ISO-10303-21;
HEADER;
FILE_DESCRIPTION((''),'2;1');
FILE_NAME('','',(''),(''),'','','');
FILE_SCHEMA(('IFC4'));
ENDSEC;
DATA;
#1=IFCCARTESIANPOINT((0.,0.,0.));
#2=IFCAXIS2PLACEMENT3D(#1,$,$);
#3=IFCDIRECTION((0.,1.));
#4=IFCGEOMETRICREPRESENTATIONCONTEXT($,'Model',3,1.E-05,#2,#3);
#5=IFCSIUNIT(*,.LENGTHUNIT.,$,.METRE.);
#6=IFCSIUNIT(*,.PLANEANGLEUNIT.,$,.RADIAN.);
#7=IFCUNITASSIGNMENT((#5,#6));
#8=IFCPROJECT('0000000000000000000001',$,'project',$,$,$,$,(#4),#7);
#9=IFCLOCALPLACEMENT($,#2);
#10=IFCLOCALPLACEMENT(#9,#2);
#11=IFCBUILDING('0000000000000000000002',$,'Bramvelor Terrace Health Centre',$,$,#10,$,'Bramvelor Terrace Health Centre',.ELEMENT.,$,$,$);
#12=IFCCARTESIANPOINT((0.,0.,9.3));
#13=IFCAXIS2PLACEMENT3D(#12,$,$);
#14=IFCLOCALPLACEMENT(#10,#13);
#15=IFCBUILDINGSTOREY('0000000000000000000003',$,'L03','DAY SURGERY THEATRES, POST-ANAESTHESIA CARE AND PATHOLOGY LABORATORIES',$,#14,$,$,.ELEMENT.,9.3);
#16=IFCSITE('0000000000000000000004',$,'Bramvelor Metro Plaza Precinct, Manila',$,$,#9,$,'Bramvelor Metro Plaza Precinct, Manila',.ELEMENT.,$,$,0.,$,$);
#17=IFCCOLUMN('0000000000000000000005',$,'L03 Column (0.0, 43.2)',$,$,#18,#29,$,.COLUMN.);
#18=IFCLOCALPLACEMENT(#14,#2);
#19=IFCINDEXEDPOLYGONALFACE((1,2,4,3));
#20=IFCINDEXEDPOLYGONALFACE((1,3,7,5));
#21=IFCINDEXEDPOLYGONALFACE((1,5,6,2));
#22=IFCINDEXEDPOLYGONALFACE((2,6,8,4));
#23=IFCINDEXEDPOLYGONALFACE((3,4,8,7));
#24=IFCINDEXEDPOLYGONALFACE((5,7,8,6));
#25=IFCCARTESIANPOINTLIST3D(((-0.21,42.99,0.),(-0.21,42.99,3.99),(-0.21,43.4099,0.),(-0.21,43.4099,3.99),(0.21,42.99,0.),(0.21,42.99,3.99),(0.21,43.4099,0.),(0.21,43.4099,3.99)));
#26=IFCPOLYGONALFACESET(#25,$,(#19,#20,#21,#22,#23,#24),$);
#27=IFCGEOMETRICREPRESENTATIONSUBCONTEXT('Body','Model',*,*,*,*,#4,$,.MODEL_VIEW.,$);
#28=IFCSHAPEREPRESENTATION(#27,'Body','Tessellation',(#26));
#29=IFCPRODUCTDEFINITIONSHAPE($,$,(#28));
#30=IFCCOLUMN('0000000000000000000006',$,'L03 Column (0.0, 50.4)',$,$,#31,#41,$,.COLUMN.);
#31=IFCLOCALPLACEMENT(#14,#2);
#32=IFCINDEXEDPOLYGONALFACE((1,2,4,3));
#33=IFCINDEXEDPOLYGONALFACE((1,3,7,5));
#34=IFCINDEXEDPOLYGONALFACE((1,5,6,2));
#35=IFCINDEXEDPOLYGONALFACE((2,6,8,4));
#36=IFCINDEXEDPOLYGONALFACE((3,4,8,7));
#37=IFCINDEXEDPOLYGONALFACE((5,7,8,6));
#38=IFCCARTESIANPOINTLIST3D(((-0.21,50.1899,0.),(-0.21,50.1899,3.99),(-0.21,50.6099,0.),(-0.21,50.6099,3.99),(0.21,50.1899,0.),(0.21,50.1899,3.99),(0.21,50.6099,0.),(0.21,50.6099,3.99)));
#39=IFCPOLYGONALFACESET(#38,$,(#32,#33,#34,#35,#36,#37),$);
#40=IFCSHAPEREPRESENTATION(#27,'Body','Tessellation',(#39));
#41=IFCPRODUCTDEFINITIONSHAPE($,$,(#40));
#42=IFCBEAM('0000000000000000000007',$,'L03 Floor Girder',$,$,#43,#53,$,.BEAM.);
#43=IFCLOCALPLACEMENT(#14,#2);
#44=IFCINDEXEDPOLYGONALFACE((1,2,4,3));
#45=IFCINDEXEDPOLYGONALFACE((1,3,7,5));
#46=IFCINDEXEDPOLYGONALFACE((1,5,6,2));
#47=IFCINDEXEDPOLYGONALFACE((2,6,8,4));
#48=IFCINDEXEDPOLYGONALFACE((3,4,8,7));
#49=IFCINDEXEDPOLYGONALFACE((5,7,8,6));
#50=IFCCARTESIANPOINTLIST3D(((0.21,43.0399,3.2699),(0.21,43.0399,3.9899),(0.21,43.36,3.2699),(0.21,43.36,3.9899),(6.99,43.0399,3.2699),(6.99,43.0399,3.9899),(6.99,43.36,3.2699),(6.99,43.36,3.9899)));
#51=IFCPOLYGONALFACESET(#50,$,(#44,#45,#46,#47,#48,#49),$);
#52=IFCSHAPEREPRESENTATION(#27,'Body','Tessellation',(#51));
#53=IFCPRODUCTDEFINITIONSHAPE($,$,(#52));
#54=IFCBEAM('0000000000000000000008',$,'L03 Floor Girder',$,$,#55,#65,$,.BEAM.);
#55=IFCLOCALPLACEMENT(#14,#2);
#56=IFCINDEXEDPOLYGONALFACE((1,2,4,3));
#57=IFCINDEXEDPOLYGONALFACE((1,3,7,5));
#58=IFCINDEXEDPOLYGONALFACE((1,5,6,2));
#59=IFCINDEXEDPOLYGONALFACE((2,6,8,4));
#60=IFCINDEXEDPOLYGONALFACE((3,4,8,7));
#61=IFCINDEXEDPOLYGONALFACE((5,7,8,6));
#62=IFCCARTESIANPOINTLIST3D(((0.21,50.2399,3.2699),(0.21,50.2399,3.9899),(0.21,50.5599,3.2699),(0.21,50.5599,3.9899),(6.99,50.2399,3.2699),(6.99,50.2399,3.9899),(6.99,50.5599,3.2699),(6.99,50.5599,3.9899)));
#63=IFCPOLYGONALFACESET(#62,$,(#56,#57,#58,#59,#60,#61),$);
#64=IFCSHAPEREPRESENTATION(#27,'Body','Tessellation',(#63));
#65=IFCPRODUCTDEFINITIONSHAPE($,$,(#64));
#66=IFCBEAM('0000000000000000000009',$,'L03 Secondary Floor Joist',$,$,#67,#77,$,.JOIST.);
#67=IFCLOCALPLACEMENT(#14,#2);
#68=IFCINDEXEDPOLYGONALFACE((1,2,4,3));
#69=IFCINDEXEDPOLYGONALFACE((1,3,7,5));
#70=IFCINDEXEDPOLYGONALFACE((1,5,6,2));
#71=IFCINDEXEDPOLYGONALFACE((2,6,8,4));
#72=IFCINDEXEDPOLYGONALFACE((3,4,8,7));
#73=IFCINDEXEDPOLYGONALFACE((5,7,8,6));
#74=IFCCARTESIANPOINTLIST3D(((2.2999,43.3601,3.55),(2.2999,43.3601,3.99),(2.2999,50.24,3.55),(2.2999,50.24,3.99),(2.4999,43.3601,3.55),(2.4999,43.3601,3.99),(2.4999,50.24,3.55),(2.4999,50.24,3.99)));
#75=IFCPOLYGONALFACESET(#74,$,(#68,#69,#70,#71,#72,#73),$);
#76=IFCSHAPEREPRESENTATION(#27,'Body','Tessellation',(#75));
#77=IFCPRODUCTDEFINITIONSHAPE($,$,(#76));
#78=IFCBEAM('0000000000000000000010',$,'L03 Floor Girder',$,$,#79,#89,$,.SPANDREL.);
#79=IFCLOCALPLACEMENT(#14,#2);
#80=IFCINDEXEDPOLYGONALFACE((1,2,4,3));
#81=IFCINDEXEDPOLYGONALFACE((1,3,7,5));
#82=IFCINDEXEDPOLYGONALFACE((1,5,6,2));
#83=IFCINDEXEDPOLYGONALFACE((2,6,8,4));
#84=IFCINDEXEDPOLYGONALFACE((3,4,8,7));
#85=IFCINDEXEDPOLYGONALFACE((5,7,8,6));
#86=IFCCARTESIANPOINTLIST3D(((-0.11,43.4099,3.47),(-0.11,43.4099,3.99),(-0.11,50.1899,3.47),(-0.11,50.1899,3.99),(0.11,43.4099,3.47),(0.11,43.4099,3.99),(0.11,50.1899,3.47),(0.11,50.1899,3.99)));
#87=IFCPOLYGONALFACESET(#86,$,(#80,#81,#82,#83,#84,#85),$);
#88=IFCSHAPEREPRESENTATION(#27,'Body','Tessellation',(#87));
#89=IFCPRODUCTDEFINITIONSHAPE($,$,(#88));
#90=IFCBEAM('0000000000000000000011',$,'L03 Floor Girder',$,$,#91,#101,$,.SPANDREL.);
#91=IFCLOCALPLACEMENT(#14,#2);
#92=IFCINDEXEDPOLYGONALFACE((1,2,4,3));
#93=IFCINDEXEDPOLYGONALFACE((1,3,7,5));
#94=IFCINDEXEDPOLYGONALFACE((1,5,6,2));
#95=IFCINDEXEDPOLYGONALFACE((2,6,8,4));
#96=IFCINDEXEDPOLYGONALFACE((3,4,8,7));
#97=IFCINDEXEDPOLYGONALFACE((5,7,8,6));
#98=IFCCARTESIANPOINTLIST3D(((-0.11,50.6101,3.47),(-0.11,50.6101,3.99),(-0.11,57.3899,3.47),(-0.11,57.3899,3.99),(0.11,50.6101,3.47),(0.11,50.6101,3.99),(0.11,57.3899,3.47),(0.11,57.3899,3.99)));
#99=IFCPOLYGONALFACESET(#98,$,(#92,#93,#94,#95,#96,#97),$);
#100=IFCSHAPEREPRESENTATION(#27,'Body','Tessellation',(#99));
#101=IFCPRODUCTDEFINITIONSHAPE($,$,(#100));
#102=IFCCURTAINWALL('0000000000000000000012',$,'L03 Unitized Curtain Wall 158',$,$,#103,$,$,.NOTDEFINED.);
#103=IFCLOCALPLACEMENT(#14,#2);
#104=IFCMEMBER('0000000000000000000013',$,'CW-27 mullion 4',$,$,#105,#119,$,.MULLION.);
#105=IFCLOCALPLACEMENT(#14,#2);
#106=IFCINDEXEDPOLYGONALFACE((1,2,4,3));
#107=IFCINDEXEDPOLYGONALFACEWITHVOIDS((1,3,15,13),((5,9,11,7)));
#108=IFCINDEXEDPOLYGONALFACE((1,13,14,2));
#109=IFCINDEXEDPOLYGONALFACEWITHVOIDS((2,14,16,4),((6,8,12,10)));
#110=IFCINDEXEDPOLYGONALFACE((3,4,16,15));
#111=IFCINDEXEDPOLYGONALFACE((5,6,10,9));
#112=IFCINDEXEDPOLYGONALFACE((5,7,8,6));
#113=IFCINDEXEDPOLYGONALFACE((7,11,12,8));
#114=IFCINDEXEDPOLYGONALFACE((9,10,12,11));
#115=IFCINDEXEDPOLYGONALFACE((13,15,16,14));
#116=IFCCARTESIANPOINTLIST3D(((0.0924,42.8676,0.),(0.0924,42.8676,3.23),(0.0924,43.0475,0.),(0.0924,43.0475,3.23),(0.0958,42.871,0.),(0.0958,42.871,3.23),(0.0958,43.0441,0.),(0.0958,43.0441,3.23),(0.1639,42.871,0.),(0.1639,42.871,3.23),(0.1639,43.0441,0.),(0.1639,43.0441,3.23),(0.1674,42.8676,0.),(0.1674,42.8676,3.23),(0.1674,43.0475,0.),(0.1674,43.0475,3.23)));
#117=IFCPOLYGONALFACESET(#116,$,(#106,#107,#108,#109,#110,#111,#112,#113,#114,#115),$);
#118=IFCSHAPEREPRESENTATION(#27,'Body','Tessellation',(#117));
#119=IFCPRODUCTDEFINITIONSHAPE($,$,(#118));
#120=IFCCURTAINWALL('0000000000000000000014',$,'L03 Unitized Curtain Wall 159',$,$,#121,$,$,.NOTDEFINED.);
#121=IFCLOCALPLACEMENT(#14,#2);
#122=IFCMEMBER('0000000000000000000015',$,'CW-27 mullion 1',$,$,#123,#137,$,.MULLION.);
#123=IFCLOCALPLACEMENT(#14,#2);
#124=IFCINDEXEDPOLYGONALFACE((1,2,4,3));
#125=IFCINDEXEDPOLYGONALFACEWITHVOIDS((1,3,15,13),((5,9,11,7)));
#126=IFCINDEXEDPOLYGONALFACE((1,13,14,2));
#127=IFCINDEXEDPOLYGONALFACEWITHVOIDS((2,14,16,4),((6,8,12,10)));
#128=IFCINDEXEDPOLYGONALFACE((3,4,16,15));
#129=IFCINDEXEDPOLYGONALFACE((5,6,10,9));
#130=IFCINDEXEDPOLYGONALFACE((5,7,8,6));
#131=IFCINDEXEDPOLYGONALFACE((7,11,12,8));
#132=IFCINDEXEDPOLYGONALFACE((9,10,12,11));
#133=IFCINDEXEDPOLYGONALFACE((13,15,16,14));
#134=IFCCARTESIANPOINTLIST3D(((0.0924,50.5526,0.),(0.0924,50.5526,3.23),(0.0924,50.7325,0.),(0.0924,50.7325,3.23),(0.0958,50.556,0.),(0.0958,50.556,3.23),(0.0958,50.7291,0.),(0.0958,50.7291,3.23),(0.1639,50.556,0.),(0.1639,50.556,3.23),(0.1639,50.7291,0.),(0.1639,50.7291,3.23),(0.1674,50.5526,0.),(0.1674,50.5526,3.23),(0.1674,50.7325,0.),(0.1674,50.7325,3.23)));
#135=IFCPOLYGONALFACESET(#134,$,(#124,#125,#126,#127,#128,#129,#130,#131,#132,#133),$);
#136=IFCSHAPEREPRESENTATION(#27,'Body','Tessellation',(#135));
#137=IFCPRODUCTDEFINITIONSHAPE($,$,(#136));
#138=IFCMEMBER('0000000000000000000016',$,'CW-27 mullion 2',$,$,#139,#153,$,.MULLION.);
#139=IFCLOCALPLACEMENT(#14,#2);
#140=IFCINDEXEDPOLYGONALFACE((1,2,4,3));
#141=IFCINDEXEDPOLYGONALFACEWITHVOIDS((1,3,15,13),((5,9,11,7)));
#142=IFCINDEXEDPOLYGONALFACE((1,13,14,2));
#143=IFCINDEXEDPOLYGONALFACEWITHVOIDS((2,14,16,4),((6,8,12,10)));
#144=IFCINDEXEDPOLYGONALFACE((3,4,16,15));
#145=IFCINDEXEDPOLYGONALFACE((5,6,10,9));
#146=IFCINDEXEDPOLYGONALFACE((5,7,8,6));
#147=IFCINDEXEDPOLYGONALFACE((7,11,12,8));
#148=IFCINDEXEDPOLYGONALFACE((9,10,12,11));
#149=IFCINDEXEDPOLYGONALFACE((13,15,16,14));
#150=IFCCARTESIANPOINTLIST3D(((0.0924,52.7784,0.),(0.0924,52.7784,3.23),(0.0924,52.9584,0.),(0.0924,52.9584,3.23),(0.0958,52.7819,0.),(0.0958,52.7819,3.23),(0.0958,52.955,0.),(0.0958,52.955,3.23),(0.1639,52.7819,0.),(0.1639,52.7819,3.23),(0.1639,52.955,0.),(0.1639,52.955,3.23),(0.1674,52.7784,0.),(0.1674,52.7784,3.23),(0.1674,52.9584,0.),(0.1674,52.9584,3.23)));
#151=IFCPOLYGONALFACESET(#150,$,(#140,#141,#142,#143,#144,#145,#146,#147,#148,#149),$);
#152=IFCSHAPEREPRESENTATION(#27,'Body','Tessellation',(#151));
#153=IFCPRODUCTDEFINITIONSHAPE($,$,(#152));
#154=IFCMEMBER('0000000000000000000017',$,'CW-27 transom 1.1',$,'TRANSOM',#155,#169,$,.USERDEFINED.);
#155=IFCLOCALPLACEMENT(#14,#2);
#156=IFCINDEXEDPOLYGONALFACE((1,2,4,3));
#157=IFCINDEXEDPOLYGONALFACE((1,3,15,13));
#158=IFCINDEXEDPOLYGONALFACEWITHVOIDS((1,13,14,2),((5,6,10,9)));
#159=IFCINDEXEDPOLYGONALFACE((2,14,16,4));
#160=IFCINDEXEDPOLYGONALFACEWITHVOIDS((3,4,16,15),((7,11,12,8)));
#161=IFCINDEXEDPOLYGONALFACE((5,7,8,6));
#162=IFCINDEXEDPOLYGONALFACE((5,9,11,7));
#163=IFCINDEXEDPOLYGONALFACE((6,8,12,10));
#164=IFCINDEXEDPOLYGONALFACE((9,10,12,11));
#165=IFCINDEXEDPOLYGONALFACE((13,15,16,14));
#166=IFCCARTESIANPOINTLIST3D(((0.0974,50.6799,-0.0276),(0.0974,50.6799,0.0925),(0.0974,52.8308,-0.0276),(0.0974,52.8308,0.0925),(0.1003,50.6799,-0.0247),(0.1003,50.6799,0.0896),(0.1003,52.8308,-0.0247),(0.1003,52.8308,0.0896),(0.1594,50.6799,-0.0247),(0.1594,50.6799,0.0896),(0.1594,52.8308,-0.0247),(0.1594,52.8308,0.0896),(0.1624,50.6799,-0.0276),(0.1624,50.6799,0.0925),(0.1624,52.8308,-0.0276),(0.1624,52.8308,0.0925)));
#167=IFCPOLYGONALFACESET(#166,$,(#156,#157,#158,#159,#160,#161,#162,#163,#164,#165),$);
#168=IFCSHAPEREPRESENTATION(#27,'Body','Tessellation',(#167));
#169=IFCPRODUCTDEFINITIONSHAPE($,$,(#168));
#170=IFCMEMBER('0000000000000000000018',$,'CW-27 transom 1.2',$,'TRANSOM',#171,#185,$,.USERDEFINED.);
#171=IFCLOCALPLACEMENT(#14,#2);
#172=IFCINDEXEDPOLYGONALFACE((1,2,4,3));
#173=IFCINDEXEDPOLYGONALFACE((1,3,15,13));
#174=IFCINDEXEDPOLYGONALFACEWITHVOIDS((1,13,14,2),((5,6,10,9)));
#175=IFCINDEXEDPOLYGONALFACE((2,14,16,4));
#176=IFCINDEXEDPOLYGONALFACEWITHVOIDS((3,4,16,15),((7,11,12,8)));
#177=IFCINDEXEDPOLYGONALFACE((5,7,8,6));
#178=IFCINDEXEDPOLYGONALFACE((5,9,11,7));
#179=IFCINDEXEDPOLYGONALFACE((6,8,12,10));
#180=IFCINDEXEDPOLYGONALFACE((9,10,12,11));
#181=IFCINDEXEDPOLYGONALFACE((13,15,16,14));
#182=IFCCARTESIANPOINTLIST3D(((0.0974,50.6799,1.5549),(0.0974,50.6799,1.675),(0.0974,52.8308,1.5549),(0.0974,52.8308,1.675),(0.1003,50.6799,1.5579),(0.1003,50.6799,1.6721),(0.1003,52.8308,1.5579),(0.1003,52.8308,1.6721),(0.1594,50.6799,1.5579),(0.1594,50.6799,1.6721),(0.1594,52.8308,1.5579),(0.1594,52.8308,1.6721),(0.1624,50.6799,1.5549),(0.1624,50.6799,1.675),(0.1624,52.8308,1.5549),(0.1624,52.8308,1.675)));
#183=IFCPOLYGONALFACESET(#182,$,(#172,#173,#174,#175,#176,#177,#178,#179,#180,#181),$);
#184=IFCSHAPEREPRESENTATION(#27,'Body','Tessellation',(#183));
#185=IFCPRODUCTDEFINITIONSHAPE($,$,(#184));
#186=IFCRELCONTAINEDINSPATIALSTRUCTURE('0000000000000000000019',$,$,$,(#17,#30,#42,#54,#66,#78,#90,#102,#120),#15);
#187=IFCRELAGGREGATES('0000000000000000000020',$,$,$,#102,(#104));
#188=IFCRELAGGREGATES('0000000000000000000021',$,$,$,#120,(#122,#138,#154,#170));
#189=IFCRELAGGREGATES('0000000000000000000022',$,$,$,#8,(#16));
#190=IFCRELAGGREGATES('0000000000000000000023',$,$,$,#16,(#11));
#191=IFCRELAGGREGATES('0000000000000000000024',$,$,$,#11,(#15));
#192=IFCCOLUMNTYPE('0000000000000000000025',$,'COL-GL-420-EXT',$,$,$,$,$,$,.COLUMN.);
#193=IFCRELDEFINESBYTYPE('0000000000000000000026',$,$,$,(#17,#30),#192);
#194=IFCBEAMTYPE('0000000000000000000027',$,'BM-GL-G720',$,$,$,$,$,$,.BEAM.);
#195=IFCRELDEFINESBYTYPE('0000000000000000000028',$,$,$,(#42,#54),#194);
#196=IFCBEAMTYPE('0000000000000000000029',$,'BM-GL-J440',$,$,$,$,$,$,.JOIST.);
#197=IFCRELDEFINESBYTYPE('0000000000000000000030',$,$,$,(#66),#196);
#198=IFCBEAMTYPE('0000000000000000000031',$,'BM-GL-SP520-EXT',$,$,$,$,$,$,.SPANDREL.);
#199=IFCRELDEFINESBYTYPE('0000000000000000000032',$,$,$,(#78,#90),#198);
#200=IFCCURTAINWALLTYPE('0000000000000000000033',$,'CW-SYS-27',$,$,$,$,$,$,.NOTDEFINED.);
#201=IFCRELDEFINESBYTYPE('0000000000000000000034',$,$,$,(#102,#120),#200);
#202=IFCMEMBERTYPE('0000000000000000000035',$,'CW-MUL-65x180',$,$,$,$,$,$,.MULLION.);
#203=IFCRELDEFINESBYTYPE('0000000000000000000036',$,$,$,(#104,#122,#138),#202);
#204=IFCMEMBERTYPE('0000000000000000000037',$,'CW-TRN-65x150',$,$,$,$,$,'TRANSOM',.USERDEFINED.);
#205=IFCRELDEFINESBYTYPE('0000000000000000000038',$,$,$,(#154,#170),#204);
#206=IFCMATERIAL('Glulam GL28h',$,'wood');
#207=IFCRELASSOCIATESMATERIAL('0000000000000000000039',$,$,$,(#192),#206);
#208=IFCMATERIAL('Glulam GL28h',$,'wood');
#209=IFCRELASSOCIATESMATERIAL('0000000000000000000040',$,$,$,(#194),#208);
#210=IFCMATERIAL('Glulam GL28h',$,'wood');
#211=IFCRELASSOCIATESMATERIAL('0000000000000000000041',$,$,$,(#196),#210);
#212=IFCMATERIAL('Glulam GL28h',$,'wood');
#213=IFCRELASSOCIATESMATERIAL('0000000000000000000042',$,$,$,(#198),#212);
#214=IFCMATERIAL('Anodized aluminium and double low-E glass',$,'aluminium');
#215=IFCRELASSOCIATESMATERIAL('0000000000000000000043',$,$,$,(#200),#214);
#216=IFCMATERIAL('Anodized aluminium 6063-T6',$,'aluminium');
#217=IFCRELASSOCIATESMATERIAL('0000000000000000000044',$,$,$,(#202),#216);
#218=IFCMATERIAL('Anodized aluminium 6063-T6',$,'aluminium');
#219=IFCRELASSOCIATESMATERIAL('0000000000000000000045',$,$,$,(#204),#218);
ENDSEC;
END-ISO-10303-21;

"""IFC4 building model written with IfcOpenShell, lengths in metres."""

from ifc_helpers import new_model, si_unit, direction, frame, origin, origin_2d, place, context, subcontext, project, spatial, rectangle, hollow_rectangle, extrude, material, material_profile, profile_set, type_object, element, aggregate, save


model = new_model("IFC4")

# Units and contexts
model_context = context("Model", 3, precision=1e-05, world=origin(), true_north=direction((0.0, 1.0)))
body_context = subcontext(model_context, "Body", "Model", "MODEL_VIEW")
ifc_project = project(units=[si_unit("LENGTHUNIT", "METRE"), si_unit("PLANEANGLEUNIT", "RADIAN")], contexts=[model_context])

# Site, building, storey
site_placement = place(None, origin())
site = spatial("IfcSite", under=ifc_project, at=site_placement, Name="Bramvelor Metro Plaza Precinct, Manila", LongName="Bramvelor Metro Plaza Precinct, Manila", CompositionType="ELEMENT", RefElevation=0.0)
building_placement = place(site_placement, origin())
building = spatial("IfcBuilding", under=site, at=building_placement, Name="Bramvelor Terrace Health Centre", LongName="Bramvelor Terrace Health Centre", CompositionType="ELEMENT")
storey_placement = place(building_placement, frame((0.0, 0.0, 9.3)))
storey = spatial("IfcBuildingStorey", under=building, at=storey_placement, Name="L03", Description="DAY SURGERY THEATRES, POST-ANAESTHESIA CARE AND PATHOLOGY LABORATORIES", CompositionType="ELEMENT", Elevation=9.3)

# Columns
ifc_material_1 = material(Name="Glulam GL28h", Category="wood")
ifc_material_profile_1 = material_profile(ifc_material_1, rectangle(XDim=0.4199, YDim=0.4199, at=origin_2d()), Name="GL 420x420")
ifc_profile_set_1 = profile_set([ifc_material_profile_1], Name="Glulam GL28h")
column_type = type_object("IfcColumnType", Name="COL-GL-420-EXT", PredefinedType="COLUMN", material=ifc_profile_set_1)
for number, where, z_axis, x_axis, name in (
    (1, (0.0, 43.2, 0.0), (0.0, 0.0, 1.0), (1.0, 0.0, 0.0), "L03 Column (0.0, 43.2)"),
    (2, (0.0, 50.3999, 0.0), (0.0, 0.0, 1.0), (1.0, 0.0, 0.0), "L03 Column (0.0, 50.4)"),
):
    element("IfcColumn", number, at=place(storey_placement, frame(where, z_axis=z_axis, x_axis=x_axis)), inside=storey, type_object=column_type, Name=name, PredefinedType="COLUMN", context=body_context, shape_type="SweptSolid", body=[
        extrude(rectangle(XDim=0.4199, YDim=0.4199, at=origin_2d()), origin(), (0.0, 0.0, 1.0), 3.99),
    ])

# Beams
ifc_material_2 = material(Name="Glulam GL28h", Category="wood")
ifc_material_profile_2 = material_profile(ifc_material_2, rectangle(XDim=0.3201, YDim=0.72, at=origin_2d()), Name="GL 320x720")
ifc_profile_set_2 = profile_set([ifc_material_profile_2], Name="Glulam GL28h")
beam_type_1 = type_object("IfcBeamType", Name="BM-GL-G720", PredefinedType="BEAM", material=ifc_profile_set_2)
for number, where, z_axis, x_axis, name in (
    (3, (0.21, 43.2, 3.6299), (1.0, 0.0, 0.0), (0.0, 1.0, 0.0), "L03 Floor Girder"),
    (4, (0.21, 50.3999, 3.6299), (1.0, 0.0, 0.0), (0.0, 1.0, 0.0), "L03 Floor Girder"),
):
    element("IfcBeam", number, at=place(storey_placement, frame(where, z_axis=z_axis, x_axis=x_axis)), inside=storey, type_object=beam_type_1, Name=name, PredefinedType="BEAM", context=body_context, shape_type="SweptSolid", body=[
        extrude(rectangle(XDim=0.3201, YDim=0.72, at=origin_2d()), origin(), (0.0, 0.0, 1.0), 6.78),
    ])
ifc_material_3 = material(Name="Glulam GL28h", Category="wood")
ifc_material_profile_3 = material_profile(ifc_material_3, rectangle(XDim=0.2, YDim=0.4399, at=origin_2d()), Name="GL 200x440")
ifc_profile_set_3 = profile_set([ifc_material_profile_3], Name="Glulam GL28h")
beam_type_2 = type_object("IfcBeamType", Name="BM-GL-J440", PredefinedType="JOIST", material=ifc_profile_set_3)
beam_1_placement = place(storey_placement, frame((2.3999, 43.3601, 3.77), z_axis=(0.0, 1.0, 0.0), x_axis=(-1.0, 0.0, 0.0)))
element("IfcBeam", 5, at=beam_1_placement, inside=storey, type_object=beam_type_2, Name="L03 Secondary Floor Joist", PredefinedType="JOIST", context=body_context, shape_type="SweptSolid", body=[
    extrude(rectangle(XDim=0.2, YDim=0.4399, at=origin_2d()), origin(), (0.0, 0.0, 1.0), 6.8799),
])
ifc_material_4 = material(Name="Glulam GL28h", Category="wood")
ifc_material_profile_4 = material_profile(ifc_material_4, rectangle(XDim=0.22, YDim=0.52, at=origin_2d()), Name="GL 220x520")
ifc_profile_set_4 = profile_set([ifc_material_profile_4], Name="Glulam GL28h")
beam_type_3 = type_object("IfcBeamType", Name="BM-GL-SP520-EXT", PredefinedType="SPANDREL", material=ifc_profile_set_4)
beam_2_placement = place(storey_placement, frame((0.0, 43.4099, 3.73), z_axis=(0.0, 1.0, 0.0), x_axis=(-1.0, 0.0, 0.0)))
element("IfcBeam", 6, at=beam_2_placement, inside=storey, type_object=beam_type_3, Name="L03 Floor Girder", PredefinedType="SPANDREL", context=body_context, shape_type="SweptSolid", body=[
    extrude(rectangle(XDim=0.22, YDim=0.52, at=origin_2d()), origin(), (0.0, 0.0, 1.0), 6.78),
])
beam_3_placement = place(storey_placement, frame((0.0, 50.6101, 3.73), z_axis=(0.0, 1.0, 0.0), x_axis=(-1.0, 0.0, 0.0)))
element("IfcBeam", 7, at=beam_3_placement, inside=storey, type_object=beam_type_3, Name="L03 Floor Girder", PredefinedType="SPANDREL", context=body_context, shape_type="SweptSolid", body=[
    extrude(rectangle(XDim=0.22, YDim=0.52, at=origin_2d()), origin(), (0.0, 0.0, 1.0), 6.7798),
])

# Curtain wall, member
ifc_material_5 = material(Name="Anodized aluminium and double low-E glass", Category="aluminium")
curtain_wall_type = type_object("IfcCurtainWallType", Name="CW-SYS-27", PredefinedType="NOTDEFINED", material=ifc_material_5)
curtain_wall_1_placement = place(storey_placement, origin())
curtain_wall_1 = element("IfcCurtainWall", 8, at=curtain_wall_1_placement, inside=storey, type_object=curtain_wall_type, Name="L03 Unitized Curtain Wall 158", PredefinedType="NOTDEFINED")
ifc_material_6 = material(Name="Anodized aluminium 6063-T6", Category="aluminium")
ifc_material_profile_5 = material_profile(ifc_material_6, hollow_rectangle(XDim=0.075, YDim=0.1799, WallThickness=0.0034, at=origin_2d()), Name="ALU-MUL 75x180x3.5")
ifc_profile_set_5 = profile_set([ifc_material_profile_5], Name="Anodized aluminium 6063-T6")
member_type_1 = type_object("IfcMemberType", Name="CW-MUL-65x180", PredefinedType="MULLION", material=ifc_profile_set_5)
member_1_placement = place(storey_placement, frame((0.1299, 42.9575, 0.0), z_axis=(0.0, 0.0, 1.0), x_axis=(-1.0, 0.0, 0.0)))
member_1 = element("IfcMember", 9, at=member_1_placement, type_object=member_type_1, Name="CW-27 mullion 4", PredefinedType="MULLION", context=body_context, shape_type="SweptSolid", body=[
    extrude(hollow_rectangle(XDim=0.075, YDim=0.1799, WallThickness=0.0034, at=origin_2d()), origin(), (0.0, 0.0, 1.0), 3.23),
])

# Curtain wall, members
curtain_wall_2_placement = place(storey_placement, origin())
curtain_wall_2 = element("IfcCurtainWall", 10, at=curtain_wall_2_placement, inside=storey, type_object=curtain_wall_type, Name="L03 Unitized Curtain Wall 159", PredefinedType="NOTDEFINED")
member_2_placement = place(storey_placement, frame((0.1299, 50.6426, 0.0), z_axis=(0.0, 0.0, 1.0), x_axis=(-1.0, 0.0, 0.0)))
member_2 = element("IfcMember", 11, at=member_2_placement, type_object=member_type_1, Name="CW-27 mullion 1", PredefinedType="MULLION", context=body_context, shape_type="SweptSolid", body=[
    extrude(hollow_rectangle(XDim=0.075, YDim=0.1799, WallThickness=0.0034, at=origin_2d()), origin(), (0.0, 0.0, 1.0), 3.23),
])
member_3_placement = place(storey_placement, frame((0.1299, 52.8684, 0.0), z_axis=(0.0, 0.0, 1.0), x_axis=(-1.0, 0.0, 0.0)))
member_3 = element("IfcMember", 12, at=member_3_placement, type_object=member_type_1, Name="CW-27 mullion 2", PredefinedType="MULLION", context=body_context, shape_type="SweptSolid", body=[
    extrude(hollow_rectangle(XDim=0.075, YDim=0.1799, WallThickness=0.0034, at=origin_2d()), origin(), (0.0, 0.0, 1.0), 3.23),
])
ifc_material_7 = material(Name="Anodized aluminium 6063-T6", Category="aluminium")
ifc_material_profile_6 = material_profile(ifc_material_7, hollow_rectangle(XDim=0.0649, YDim=0.1201, WallThickness=0.0029, at=origin_2d()), Name="ALU-TRN 65x120x3.0")
ifc_profile_set_6 = profile_set([ifc_material_profile_6], Name="Anodized aluminium 6063-T6")
member_type_2 = type_object("IfcMemberType", Name="CW-TRN-65x150", ElementType="TRANSOM", PredefinedType="USERDEFINED", material=ifc_profile_set_6)
member_4_placement = place(storey_placement, frame((0.1299, 50.6799, 0.0325), z_axis=(0.0, 1.0, 0.0), x_axis=(-1.0, 0.0, 0.0)))
member_4 = element("IfcMember", 13, at=member_4_placement, type_object=member_type_2, Name="CW-27 transom 1.1", ObjectType="TRANSOM", PredefinedType="USERDEFINED", context=body_context, shape_type="SweptSolid", body=[
    extrude(hollow_rectangle(XDim=0.0649, YDim=0.1201, WallThickness=0.0029, at=origin_2d()), origin(), (0.0, 0.0, 1.0), 2.1509),
])
member_5_placement = place(storey_placement, frame((0.1299, 50.6799, 1.615), z_axis=(0.0, 1.0, 0.0), x_axis=(-1.0, 0.0, 0.0)))
member_5 = element("IfcMember", 14, at=member_5_placement, type_object=member_type_2, Name="CW-27 transom 1.2", ObjectType="TRANSOM", PredefinedType="USERDEFINED", context=body_context, shape_type="SweptSolid", body=[
    extrude(hollow_rectangle(XDim=0.0649, YDim=0.1201, WallThickness=0.0029, at=origin_2d()), origin(), (0.0, 0.0, 1.0), 2.1509),
])

aggregate(curtain_wall_1, [member_1])
aggregate(curtain_wall_2, [member_2, member_3, member_4, member_5])

save(model, "model.ifc")
